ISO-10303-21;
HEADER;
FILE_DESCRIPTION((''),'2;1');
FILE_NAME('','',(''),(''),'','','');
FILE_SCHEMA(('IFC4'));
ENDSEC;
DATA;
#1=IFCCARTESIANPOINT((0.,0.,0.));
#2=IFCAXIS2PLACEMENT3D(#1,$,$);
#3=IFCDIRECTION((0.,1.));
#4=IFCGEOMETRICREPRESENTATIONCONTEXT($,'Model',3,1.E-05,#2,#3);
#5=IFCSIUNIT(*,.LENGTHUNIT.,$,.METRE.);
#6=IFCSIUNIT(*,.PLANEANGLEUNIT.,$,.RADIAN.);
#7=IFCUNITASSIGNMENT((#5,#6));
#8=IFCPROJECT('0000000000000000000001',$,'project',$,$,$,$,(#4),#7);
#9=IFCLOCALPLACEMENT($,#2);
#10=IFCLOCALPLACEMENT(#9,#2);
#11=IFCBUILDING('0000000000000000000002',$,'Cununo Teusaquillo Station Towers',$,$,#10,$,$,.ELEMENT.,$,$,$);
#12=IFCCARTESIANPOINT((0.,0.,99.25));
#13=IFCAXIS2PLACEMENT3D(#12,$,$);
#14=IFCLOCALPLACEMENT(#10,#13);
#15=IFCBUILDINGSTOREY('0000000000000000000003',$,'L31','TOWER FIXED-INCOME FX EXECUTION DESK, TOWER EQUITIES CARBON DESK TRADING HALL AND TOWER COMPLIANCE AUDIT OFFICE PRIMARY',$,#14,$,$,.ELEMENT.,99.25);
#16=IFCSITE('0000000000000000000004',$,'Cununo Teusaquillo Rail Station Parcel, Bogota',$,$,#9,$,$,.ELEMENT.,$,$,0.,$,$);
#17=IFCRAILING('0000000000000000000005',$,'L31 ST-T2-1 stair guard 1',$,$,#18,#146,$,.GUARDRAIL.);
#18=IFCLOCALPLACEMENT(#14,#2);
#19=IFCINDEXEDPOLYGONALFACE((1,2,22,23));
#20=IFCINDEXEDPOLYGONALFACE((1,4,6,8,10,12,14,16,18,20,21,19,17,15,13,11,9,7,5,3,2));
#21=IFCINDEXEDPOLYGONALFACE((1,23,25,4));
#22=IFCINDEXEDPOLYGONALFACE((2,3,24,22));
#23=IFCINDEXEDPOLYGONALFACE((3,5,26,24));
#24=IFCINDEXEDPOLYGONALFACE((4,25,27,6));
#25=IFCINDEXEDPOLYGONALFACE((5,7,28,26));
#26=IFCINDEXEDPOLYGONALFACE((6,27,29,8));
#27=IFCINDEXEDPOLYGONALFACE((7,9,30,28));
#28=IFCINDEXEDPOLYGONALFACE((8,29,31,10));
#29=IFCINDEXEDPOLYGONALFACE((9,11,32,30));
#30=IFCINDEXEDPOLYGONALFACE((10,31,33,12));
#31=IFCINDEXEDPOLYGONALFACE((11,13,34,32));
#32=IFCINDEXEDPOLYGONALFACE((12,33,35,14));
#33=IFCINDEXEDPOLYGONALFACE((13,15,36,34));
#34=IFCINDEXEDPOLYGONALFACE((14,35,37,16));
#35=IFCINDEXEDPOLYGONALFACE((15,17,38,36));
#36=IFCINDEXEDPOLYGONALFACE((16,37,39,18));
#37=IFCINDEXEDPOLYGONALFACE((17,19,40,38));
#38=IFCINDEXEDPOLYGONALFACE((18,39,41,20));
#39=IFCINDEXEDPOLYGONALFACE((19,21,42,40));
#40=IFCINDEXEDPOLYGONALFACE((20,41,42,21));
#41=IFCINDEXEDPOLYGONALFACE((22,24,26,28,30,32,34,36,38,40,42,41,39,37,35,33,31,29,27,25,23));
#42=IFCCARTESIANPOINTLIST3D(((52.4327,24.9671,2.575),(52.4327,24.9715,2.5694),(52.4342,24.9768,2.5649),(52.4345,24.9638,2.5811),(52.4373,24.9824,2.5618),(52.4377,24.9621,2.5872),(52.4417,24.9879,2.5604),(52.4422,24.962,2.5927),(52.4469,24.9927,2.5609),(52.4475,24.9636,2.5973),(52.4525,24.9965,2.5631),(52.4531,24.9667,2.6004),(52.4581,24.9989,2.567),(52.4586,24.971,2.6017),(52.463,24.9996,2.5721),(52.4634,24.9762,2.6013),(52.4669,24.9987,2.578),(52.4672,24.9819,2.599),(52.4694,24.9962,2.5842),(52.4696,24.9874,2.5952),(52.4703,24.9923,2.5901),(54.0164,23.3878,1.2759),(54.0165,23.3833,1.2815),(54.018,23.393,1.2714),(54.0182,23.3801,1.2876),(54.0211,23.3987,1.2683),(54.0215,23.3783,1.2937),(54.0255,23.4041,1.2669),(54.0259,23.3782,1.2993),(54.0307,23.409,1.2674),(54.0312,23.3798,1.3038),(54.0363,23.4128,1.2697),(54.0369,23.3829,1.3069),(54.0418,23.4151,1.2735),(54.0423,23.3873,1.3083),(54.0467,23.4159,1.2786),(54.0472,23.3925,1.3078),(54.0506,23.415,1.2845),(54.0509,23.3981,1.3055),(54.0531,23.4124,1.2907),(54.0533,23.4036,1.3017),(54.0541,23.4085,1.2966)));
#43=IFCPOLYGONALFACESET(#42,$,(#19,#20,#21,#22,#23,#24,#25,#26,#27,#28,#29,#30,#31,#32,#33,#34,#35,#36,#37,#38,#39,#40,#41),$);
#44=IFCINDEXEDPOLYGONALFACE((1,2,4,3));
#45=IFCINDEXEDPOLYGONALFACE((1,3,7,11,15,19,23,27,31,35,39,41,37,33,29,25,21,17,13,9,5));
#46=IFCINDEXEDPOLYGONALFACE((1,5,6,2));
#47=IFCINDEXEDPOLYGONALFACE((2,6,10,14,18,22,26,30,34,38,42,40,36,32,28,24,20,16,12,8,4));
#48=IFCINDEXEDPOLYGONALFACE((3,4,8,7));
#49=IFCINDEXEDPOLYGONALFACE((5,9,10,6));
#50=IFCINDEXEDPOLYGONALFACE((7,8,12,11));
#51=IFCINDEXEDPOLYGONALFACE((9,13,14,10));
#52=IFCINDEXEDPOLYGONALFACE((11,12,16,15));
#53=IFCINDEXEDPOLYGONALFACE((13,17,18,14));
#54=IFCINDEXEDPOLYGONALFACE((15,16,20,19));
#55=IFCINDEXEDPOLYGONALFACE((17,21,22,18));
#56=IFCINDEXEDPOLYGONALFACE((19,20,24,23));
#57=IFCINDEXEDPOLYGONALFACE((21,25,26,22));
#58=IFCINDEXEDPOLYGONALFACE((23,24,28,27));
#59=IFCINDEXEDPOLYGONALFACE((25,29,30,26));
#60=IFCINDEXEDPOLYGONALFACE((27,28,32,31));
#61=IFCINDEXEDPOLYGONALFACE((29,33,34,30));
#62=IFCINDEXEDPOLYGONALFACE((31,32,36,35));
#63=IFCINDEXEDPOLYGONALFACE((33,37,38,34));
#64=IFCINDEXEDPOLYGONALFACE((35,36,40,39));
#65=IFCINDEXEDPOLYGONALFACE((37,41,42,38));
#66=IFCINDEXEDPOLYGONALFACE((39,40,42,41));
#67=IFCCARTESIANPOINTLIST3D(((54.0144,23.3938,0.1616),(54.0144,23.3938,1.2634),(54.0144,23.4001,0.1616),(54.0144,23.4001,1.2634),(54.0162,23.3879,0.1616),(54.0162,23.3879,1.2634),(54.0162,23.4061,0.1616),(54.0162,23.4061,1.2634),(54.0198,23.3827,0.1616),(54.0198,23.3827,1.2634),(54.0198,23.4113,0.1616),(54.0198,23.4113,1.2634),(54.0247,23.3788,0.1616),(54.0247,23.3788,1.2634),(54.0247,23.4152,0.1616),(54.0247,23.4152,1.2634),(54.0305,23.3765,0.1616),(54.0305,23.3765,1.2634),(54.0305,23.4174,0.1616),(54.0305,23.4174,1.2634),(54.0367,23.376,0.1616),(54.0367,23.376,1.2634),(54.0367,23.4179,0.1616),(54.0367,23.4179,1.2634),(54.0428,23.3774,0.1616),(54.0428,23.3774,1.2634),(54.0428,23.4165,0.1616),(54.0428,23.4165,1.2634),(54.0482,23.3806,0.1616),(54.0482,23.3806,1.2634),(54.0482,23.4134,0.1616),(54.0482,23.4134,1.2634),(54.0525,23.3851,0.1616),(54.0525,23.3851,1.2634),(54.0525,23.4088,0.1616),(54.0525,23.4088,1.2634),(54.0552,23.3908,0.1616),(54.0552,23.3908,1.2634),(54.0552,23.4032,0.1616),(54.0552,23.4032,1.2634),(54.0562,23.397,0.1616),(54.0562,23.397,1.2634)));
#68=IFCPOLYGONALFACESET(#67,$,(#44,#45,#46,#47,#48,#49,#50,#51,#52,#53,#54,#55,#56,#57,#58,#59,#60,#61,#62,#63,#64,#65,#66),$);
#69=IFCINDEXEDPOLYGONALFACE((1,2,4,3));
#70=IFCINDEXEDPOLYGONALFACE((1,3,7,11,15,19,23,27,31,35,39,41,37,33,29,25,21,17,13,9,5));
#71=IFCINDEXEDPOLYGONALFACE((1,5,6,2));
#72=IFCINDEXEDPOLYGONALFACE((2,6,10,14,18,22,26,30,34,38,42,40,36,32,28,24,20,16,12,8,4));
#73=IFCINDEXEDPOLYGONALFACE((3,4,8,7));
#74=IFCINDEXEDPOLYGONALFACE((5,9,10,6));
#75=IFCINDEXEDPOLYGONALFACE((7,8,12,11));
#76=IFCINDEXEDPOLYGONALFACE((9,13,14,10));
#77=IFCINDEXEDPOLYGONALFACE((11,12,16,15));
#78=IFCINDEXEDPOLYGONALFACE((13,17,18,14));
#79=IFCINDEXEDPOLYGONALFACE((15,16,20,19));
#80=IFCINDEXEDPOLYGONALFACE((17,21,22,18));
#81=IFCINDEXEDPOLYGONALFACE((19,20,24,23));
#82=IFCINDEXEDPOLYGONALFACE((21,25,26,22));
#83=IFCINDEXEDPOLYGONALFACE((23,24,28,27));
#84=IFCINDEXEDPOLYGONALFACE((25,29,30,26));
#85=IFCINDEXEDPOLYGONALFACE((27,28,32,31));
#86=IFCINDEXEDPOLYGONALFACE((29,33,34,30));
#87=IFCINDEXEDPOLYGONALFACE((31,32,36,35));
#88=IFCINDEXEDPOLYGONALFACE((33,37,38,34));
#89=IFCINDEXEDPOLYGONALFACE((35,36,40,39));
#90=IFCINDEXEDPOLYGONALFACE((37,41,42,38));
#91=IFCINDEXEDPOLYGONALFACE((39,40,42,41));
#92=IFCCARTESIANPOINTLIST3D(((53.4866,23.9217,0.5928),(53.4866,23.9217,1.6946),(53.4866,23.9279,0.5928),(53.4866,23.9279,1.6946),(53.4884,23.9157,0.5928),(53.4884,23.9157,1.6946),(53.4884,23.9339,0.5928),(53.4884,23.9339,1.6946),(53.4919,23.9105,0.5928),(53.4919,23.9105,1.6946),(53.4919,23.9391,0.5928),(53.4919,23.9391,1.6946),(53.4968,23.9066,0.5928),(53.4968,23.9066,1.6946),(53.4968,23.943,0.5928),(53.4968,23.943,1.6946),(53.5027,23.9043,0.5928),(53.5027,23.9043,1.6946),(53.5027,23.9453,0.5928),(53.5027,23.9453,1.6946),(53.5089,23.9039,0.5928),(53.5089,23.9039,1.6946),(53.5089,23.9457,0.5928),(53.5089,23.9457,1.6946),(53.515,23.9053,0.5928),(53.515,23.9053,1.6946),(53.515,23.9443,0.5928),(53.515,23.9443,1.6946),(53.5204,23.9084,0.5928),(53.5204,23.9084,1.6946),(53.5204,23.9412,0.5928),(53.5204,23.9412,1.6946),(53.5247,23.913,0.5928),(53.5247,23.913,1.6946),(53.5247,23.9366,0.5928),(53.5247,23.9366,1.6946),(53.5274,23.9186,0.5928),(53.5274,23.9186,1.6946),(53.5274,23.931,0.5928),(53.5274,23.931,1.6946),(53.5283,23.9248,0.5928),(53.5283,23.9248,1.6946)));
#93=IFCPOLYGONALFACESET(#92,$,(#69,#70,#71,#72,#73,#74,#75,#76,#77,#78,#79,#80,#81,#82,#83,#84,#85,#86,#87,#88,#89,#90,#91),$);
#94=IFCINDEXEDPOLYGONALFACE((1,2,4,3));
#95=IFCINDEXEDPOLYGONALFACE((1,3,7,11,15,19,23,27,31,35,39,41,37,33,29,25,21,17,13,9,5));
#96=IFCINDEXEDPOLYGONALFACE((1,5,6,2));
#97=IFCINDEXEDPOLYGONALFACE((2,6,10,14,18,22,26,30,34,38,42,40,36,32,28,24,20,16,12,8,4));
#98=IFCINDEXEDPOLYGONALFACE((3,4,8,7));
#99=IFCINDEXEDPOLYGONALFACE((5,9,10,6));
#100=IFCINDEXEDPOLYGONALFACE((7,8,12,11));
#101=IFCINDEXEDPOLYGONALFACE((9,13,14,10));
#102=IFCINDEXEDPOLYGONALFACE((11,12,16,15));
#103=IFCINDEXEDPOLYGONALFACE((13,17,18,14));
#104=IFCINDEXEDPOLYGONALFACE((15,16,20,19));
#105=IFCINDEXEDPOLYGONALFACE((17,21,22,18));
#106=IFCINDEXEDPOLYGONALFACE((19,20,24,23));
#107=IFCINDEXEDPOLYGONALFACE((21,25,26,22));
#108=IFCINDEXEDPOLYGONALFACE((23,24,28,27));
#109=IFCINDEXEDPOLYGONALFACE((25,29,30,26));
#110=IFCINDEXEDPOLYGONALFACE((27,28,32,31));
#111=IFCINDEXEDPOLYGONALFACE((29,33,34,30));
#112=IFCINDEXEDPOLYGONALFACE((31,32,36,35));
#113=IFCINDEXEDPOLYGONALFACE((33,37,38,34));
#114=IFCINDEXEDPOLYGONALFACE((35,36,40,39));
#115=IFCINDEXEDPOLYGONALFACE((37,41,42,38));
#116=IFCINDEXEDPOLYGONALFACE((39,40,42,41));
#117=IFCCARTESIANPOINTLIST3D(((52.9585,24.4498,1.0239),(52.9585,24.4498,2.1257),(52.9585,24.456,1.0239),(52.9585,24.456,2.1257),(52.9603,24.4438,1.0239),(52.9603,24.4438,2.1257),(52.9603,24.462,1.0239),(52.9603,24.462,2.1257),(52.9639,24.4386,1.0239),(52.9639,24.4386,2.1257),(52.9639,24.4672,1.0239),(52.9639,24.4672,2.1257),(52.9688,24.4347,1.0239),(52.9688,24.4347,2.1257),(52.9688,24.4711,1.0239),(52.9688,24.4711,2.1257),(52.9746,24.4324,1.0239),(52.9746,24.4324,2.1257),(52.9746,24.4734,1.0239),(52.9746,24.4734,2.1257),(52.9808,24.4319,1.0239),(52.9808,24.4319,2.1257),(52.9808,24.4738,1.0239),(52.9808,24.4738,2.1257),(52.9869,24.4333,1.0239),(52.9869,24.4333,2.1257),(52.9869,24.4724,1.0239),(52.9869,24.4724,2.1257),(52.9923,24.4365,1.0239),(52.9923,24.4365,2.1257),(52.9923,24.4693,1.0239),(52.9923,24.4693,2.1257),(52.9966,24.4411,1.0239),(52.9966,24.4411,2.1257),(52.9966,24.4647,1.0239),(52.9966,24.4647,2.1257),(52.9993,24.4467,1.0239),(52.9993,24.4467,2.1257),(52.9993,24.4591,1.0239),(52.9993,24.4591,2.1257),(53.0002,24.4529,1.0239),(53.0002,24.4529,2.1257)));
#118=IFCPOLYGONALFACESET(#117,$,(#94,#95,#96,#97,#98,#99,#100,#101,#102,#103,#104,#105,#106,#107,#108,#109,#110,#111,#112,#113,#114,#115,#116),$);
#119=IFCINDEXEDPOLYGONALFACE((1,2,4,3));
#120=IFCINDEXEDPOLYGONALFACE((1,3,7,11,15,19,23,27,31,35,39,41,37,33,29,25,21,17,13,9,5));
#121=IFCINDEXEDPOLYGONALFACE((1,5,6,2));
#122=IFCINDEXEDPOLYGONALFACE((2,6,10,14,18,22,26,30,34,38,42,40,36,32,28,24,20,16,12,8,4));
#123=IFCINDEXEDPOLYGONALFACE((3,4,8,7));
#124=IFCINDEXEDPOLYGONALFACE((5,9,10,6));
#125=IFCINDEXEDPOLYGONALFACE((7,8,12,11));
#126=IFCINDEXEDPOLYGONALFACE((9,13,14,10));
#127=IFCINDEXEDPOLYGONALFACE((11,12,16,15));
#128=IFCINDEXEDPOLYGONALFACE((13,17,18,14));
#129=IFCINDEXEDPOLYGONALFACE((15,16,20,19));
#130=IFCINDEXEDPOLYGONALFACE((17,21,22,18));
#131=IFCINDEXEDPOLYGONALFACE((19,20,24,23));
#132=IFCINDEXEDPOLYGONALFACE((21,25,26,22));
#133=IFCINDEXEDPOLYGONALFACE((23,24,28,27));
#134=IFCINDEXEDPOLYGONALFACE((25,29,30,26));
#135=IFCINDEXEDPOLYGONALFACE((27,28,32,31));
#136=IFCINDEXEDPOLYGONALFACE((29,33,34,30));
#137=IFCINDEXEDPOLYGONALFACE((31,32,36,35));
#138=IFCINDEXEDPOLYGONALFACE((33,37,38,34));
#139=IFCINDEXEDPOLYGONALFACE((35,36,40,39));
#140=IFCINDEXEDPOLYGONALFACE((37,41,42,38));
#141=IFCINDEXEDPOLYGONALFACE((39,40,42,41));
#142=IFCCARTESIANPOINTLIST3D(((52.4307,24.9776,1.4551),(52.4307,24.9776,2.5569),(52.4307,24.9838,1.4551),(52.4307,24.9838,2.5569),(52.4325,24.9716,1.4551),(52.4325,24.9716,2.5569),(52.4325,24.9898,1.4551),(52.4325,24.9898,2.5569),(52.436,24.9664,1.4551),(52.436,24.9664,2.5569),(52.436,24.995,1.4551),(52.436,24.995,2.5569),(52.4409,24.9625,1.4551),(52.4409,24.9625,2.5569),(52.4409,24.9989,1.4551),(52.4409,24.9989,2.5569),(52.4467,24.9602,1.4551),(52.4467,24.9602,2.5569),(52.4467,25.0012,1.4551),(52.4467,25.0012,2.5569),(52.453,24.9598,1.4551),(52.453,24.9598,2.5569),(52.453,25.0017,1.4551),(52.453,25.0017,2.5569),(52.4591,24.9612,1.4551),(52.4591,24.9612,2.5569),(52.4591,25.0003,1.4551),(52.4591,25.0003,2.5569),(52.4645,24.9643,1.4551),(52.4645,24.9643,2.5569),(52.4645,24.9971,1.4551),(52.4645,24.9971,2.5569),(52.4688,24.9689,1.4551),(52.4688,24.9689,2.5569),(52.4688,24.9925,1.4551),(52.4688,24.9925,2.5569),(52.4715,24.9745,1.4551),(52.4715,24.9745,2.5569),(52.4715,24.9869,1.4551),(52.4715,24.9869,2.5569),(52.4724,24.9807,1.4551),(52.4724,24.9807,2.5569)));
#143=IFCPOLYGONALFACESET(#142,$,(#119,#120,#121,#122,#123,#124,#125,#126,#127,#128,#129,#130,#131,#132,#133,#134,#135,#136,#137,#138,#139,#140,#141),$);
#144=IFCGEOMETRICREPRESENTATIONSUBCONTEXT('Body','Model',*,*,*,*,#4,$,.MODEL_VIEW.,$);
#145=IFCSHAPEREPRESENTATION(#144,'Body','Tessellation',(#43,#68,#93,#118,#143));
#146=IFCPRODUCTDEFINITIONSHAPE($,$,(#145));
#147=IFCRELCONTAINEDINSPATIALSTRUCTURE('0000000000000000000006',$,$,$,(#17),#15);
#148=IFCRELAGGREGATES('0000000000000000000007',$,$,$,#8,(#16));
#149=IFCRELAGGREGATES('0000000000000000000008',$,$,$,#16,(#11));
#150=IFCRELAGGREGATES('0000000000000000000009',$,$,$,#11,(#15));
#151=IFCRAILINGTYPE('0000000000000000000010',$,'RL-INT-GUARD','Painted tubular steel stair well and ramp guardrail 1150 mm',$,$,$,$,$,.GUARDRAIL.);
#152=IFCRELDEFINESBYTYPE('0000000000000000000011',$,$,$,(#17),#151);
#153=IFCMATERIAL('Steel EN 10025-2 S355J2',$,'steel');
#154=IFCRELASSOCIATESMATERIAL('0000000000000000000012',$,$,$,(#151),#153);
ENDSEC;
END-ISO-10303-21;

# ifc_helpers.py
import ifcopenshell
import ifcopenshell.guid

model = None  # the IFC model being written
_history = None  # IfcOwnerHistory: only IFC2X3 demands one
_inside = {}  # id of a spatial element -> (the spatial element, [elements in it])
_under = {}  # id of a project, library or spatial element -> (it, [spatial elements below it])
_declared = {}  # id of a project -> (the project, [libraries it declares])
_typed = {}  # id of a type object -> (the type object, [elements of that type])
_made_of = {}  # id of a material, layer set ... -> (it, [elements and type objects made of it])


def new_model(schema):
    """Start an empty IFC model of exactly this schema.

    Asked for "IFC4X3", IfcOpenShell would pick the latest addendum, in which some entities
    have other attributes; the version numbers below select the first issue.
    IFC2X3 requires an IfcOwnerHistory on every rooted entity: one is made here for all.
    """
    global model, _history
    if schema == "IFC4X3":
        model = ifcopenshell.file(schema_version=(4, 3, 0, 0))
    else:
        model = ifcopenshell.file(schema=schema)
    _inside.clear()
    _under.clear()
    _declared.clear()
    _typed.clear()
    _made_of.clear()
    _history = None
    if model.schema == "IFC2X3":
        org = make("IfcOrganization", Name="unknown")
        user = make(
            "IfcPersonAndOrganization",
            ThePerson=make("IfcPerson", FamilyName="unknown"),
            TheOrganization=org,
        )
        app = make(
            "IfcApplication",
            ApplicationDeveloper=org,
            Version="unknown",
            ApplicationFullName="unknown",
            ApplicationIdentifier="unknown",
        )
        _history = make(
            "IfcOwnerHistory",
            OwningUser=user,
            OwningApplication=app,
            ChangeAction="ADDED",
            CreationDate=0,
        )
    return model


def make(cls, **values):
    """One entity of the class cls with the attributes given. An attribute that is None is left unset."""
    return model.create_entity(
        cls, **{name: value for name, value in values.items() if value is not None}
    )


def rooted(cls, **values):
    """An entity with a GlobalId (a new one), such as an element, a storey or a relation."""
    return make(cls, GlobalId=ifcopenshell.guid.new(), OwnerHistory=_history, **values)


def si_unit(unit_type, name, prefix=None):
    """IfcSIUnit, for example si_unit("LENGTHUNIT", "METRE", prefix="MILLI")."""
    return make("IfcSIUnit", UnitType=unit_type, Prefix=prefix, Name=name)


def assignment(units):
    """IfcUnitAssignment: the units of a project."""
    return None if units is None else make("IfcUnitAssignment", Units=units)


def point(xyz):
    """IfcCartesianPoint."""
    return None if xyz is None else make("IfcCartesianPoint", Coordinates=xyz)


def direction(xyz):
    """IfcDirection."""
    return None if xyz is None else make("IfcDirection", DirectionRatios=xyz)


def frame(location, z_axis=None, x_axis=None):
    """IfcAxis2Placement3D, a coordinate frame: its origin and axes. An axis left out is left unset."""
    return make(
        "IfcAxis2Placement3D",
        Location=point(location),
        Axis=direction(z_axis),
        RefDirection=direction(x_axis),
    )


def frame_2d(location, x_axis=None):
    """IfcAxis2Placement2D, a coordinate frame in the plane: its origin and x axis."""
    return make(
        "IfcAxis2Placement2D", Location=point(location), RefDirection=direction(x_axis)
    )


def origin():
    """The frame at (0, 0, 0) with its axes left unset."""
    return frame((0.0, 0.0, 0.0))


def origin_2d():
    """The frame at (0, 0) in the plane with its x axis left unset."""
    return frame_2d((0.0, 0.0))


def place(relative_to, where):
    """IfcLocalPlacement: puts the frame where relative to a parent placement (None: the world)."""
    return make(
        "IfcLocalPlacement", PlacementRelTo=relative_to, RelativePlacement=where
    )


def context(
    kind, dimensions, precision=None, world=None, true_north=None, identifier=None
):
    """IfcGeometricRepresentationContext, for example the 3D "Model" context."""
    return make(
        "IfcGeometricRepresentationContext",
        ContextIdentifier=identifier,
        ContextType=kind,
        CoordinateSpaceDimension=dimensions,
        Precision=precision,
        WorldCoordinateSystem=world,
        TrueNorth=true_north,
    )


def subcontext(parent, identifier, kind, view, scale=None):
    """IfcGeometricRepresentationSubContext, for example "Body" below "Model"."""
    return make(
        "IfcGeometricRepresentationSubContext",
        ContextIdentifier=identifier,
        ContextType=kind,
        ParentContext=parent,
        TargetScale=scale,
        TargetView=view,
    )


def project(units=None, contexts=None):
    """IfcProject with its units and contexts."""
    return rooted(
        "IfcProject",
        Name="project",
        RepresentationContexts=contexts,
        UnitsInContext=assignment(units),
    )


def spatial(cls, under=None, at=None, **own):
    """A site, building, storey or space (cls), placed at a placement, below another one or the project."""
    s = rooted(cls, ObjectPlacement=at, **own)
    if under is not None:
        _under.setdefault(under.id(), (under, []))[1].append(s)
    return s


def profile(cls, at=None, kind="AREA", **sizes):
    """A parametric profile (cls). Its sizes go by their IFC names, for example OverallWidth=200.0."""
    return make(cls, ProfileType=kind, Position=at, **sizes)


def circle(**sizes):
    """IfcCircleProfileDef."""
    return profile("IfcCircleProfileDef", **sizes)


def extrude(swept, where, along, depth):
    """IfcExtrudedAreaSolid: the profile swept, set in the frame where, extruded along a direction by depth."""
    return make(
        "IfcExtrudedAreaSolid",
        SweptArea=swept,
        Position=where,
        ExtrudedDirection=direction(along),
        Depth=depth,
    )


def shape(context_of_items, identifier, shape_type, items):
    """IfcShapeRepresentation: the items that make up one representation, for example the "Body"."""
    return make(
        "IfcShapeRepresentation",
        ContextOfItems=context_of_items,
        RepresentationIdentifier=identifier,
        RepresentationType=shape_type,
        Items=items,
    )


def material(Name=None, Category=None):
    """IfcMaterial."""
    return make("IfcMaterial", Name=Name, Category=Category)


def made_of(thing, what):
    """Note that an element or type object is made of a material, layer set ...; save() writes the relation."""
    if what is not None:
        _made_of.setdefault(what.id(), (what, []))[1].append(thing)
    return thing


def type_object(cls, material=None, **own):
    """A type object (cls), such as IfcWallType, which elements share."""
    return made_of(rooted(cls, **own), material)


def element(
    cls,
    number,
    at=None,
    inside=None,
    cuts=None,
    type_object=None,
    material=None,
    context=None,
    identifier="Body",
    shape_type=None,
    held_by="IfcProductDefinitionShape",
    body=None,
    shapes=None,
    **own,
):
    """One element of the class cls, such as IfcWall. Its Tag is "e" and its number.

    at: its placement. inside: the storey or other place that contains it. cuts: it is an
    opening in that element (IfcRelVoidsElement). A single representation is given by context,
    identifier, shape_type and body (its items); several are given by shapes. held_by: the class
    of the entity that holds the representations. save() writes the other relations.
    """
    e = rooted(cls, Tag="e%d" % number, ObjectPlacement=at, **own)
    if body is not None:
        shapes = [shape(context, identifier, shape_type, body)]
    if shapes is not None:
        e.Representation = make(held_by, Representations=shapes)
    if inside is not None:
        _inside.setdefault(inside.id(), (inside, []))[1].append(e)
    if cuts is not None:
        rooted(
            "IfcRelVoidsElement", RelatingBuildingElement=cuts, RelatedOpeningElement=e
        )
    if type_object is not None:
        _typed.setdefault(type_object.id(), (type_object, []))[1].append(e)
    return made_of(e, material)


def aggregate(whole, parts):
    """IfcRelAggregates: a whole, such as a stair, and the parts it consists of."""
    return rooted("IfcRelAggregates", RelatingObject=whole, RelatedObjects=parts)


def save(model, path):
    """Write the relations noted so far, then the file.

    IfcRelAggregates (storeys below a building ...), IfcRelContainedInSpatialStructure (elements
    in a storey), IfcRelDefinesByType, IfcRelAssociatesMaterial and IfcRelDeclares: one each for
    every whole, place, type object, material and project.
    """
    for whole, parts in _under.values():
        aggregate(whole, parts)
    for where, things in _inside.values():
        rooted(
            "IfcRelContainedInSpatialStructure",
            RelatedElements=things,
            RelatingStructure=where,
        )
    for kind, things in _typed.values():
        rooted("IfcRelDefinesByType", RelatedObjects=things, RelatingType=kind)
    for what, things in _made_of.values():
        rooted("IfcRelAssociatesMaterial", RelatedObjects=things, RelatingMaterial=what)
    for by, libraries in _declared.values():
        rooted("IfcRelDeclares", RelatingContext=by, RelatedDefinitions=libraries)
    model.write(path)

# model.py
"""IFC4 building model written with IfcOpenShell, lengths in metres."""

from ifc_helpers import new_model, si_unit, direction, frame, origin, origin_2d, place, context, subcontext, project, spatial, circle, extrude, material, type_object, element, save


model = new_model("IFC4")

# Units and contexts
model_context = context("Model", 3, precision=1e-05, world=origin(), true_north=direction((0.0, 1.0)))
body_context = subcontext(model_context, "Body", "Model", "MODEL_VIEW")
ifc_project = project(units=[si_unit("LENGTHUNIT", "METRE"), si_unit("PLANEANGLEUNIT", "RADIAN")], contexts=[model_context])

# Site, building, storey
site_placement = place(None, origin())
site = spatial("IfcSite", under=ifc_project, at=site_placement, Name="Cununo Teusaquillo Rail Station Parcel, Bogota", CompositionType="ELEMENT", RefElevation=0.0)
building_placement = place(site_placement, origin())
building = spatial("IfcBuilding", under=site, at=building_placement, Name="Cununo Teusaquillo Station Towers", CompositionType="ELEMENT")
storey_placement = place(building_placement, frame((0.0, 0.0, 99.25)))
storey = spatial("IfcBuildingStorey", under=building, at=storey_placement, Name="L31", Description="TOWER FIXED-INCOME FX EXECUTION DESK, TOWER EQUITIES CARBON DESK TRADING HALL AND TOWER COMPLIANCE AUDIT OFFICE PRIMARY", CompositionType="ELEMENT", Elevation=99.25)

# Railing
ifc_material_1 = material(Name="Steel EN 10025-2 S355J2", Category="steel")
railing_type_1 = type_object("IfcRailingType", Name="RL-INT-GUARD", Description="Painted tubular steel stair well and ramp guardrail 1150 mm", PredefinedType="GUARDRAIL", material=ifc_material_1)
railing_1_placement = place(storey_placement, frame((54.0352, 23.397, 0.1616)))
element("IfcRailing", 1, at=railing_1_placement, inside=storey, type_object=railing_type_1, Name="L31 ST-T2-1 stair guard 1", PredefinedType="GUARDRAIL", context=body_context, shape_type="SweptSolid", body=[
    extrude(circle(Radius=0.0239, at=origin_2d()), frame((0.0, 0.0, 1.126), z_axis=(-0.612332, 0.612332, 0.500098), x_axis=(-0.707107, -0.707107, 0.0)), (0.0, 0.0, 1.0), 2.5864),
    extrude(circle(Radius=0.021, at=origin_2d()), origin(), (0.0, 0.0, 1.0), 1.1018),
    extrude(circle(Radius=0.021, at=origin_2d()), frame((-0.5278, 0.5278, 0.4312)), (0.0, 0.0, 1.0), 1.1018),
    extrude(circle(Radius=0.021, at=origin_2d()), frame((-1.0559, 1.0559, 0.8623)), (0.0, 0.0, 1.0), 1.1018),
    extrude(circle(Radius=0.021, at=origin_2d()), frame((-1.5837, 1.5837, 1.2935)), (0.0, 0.0, 1.0), 1.1018),
])

save(model, "model.ifc")
